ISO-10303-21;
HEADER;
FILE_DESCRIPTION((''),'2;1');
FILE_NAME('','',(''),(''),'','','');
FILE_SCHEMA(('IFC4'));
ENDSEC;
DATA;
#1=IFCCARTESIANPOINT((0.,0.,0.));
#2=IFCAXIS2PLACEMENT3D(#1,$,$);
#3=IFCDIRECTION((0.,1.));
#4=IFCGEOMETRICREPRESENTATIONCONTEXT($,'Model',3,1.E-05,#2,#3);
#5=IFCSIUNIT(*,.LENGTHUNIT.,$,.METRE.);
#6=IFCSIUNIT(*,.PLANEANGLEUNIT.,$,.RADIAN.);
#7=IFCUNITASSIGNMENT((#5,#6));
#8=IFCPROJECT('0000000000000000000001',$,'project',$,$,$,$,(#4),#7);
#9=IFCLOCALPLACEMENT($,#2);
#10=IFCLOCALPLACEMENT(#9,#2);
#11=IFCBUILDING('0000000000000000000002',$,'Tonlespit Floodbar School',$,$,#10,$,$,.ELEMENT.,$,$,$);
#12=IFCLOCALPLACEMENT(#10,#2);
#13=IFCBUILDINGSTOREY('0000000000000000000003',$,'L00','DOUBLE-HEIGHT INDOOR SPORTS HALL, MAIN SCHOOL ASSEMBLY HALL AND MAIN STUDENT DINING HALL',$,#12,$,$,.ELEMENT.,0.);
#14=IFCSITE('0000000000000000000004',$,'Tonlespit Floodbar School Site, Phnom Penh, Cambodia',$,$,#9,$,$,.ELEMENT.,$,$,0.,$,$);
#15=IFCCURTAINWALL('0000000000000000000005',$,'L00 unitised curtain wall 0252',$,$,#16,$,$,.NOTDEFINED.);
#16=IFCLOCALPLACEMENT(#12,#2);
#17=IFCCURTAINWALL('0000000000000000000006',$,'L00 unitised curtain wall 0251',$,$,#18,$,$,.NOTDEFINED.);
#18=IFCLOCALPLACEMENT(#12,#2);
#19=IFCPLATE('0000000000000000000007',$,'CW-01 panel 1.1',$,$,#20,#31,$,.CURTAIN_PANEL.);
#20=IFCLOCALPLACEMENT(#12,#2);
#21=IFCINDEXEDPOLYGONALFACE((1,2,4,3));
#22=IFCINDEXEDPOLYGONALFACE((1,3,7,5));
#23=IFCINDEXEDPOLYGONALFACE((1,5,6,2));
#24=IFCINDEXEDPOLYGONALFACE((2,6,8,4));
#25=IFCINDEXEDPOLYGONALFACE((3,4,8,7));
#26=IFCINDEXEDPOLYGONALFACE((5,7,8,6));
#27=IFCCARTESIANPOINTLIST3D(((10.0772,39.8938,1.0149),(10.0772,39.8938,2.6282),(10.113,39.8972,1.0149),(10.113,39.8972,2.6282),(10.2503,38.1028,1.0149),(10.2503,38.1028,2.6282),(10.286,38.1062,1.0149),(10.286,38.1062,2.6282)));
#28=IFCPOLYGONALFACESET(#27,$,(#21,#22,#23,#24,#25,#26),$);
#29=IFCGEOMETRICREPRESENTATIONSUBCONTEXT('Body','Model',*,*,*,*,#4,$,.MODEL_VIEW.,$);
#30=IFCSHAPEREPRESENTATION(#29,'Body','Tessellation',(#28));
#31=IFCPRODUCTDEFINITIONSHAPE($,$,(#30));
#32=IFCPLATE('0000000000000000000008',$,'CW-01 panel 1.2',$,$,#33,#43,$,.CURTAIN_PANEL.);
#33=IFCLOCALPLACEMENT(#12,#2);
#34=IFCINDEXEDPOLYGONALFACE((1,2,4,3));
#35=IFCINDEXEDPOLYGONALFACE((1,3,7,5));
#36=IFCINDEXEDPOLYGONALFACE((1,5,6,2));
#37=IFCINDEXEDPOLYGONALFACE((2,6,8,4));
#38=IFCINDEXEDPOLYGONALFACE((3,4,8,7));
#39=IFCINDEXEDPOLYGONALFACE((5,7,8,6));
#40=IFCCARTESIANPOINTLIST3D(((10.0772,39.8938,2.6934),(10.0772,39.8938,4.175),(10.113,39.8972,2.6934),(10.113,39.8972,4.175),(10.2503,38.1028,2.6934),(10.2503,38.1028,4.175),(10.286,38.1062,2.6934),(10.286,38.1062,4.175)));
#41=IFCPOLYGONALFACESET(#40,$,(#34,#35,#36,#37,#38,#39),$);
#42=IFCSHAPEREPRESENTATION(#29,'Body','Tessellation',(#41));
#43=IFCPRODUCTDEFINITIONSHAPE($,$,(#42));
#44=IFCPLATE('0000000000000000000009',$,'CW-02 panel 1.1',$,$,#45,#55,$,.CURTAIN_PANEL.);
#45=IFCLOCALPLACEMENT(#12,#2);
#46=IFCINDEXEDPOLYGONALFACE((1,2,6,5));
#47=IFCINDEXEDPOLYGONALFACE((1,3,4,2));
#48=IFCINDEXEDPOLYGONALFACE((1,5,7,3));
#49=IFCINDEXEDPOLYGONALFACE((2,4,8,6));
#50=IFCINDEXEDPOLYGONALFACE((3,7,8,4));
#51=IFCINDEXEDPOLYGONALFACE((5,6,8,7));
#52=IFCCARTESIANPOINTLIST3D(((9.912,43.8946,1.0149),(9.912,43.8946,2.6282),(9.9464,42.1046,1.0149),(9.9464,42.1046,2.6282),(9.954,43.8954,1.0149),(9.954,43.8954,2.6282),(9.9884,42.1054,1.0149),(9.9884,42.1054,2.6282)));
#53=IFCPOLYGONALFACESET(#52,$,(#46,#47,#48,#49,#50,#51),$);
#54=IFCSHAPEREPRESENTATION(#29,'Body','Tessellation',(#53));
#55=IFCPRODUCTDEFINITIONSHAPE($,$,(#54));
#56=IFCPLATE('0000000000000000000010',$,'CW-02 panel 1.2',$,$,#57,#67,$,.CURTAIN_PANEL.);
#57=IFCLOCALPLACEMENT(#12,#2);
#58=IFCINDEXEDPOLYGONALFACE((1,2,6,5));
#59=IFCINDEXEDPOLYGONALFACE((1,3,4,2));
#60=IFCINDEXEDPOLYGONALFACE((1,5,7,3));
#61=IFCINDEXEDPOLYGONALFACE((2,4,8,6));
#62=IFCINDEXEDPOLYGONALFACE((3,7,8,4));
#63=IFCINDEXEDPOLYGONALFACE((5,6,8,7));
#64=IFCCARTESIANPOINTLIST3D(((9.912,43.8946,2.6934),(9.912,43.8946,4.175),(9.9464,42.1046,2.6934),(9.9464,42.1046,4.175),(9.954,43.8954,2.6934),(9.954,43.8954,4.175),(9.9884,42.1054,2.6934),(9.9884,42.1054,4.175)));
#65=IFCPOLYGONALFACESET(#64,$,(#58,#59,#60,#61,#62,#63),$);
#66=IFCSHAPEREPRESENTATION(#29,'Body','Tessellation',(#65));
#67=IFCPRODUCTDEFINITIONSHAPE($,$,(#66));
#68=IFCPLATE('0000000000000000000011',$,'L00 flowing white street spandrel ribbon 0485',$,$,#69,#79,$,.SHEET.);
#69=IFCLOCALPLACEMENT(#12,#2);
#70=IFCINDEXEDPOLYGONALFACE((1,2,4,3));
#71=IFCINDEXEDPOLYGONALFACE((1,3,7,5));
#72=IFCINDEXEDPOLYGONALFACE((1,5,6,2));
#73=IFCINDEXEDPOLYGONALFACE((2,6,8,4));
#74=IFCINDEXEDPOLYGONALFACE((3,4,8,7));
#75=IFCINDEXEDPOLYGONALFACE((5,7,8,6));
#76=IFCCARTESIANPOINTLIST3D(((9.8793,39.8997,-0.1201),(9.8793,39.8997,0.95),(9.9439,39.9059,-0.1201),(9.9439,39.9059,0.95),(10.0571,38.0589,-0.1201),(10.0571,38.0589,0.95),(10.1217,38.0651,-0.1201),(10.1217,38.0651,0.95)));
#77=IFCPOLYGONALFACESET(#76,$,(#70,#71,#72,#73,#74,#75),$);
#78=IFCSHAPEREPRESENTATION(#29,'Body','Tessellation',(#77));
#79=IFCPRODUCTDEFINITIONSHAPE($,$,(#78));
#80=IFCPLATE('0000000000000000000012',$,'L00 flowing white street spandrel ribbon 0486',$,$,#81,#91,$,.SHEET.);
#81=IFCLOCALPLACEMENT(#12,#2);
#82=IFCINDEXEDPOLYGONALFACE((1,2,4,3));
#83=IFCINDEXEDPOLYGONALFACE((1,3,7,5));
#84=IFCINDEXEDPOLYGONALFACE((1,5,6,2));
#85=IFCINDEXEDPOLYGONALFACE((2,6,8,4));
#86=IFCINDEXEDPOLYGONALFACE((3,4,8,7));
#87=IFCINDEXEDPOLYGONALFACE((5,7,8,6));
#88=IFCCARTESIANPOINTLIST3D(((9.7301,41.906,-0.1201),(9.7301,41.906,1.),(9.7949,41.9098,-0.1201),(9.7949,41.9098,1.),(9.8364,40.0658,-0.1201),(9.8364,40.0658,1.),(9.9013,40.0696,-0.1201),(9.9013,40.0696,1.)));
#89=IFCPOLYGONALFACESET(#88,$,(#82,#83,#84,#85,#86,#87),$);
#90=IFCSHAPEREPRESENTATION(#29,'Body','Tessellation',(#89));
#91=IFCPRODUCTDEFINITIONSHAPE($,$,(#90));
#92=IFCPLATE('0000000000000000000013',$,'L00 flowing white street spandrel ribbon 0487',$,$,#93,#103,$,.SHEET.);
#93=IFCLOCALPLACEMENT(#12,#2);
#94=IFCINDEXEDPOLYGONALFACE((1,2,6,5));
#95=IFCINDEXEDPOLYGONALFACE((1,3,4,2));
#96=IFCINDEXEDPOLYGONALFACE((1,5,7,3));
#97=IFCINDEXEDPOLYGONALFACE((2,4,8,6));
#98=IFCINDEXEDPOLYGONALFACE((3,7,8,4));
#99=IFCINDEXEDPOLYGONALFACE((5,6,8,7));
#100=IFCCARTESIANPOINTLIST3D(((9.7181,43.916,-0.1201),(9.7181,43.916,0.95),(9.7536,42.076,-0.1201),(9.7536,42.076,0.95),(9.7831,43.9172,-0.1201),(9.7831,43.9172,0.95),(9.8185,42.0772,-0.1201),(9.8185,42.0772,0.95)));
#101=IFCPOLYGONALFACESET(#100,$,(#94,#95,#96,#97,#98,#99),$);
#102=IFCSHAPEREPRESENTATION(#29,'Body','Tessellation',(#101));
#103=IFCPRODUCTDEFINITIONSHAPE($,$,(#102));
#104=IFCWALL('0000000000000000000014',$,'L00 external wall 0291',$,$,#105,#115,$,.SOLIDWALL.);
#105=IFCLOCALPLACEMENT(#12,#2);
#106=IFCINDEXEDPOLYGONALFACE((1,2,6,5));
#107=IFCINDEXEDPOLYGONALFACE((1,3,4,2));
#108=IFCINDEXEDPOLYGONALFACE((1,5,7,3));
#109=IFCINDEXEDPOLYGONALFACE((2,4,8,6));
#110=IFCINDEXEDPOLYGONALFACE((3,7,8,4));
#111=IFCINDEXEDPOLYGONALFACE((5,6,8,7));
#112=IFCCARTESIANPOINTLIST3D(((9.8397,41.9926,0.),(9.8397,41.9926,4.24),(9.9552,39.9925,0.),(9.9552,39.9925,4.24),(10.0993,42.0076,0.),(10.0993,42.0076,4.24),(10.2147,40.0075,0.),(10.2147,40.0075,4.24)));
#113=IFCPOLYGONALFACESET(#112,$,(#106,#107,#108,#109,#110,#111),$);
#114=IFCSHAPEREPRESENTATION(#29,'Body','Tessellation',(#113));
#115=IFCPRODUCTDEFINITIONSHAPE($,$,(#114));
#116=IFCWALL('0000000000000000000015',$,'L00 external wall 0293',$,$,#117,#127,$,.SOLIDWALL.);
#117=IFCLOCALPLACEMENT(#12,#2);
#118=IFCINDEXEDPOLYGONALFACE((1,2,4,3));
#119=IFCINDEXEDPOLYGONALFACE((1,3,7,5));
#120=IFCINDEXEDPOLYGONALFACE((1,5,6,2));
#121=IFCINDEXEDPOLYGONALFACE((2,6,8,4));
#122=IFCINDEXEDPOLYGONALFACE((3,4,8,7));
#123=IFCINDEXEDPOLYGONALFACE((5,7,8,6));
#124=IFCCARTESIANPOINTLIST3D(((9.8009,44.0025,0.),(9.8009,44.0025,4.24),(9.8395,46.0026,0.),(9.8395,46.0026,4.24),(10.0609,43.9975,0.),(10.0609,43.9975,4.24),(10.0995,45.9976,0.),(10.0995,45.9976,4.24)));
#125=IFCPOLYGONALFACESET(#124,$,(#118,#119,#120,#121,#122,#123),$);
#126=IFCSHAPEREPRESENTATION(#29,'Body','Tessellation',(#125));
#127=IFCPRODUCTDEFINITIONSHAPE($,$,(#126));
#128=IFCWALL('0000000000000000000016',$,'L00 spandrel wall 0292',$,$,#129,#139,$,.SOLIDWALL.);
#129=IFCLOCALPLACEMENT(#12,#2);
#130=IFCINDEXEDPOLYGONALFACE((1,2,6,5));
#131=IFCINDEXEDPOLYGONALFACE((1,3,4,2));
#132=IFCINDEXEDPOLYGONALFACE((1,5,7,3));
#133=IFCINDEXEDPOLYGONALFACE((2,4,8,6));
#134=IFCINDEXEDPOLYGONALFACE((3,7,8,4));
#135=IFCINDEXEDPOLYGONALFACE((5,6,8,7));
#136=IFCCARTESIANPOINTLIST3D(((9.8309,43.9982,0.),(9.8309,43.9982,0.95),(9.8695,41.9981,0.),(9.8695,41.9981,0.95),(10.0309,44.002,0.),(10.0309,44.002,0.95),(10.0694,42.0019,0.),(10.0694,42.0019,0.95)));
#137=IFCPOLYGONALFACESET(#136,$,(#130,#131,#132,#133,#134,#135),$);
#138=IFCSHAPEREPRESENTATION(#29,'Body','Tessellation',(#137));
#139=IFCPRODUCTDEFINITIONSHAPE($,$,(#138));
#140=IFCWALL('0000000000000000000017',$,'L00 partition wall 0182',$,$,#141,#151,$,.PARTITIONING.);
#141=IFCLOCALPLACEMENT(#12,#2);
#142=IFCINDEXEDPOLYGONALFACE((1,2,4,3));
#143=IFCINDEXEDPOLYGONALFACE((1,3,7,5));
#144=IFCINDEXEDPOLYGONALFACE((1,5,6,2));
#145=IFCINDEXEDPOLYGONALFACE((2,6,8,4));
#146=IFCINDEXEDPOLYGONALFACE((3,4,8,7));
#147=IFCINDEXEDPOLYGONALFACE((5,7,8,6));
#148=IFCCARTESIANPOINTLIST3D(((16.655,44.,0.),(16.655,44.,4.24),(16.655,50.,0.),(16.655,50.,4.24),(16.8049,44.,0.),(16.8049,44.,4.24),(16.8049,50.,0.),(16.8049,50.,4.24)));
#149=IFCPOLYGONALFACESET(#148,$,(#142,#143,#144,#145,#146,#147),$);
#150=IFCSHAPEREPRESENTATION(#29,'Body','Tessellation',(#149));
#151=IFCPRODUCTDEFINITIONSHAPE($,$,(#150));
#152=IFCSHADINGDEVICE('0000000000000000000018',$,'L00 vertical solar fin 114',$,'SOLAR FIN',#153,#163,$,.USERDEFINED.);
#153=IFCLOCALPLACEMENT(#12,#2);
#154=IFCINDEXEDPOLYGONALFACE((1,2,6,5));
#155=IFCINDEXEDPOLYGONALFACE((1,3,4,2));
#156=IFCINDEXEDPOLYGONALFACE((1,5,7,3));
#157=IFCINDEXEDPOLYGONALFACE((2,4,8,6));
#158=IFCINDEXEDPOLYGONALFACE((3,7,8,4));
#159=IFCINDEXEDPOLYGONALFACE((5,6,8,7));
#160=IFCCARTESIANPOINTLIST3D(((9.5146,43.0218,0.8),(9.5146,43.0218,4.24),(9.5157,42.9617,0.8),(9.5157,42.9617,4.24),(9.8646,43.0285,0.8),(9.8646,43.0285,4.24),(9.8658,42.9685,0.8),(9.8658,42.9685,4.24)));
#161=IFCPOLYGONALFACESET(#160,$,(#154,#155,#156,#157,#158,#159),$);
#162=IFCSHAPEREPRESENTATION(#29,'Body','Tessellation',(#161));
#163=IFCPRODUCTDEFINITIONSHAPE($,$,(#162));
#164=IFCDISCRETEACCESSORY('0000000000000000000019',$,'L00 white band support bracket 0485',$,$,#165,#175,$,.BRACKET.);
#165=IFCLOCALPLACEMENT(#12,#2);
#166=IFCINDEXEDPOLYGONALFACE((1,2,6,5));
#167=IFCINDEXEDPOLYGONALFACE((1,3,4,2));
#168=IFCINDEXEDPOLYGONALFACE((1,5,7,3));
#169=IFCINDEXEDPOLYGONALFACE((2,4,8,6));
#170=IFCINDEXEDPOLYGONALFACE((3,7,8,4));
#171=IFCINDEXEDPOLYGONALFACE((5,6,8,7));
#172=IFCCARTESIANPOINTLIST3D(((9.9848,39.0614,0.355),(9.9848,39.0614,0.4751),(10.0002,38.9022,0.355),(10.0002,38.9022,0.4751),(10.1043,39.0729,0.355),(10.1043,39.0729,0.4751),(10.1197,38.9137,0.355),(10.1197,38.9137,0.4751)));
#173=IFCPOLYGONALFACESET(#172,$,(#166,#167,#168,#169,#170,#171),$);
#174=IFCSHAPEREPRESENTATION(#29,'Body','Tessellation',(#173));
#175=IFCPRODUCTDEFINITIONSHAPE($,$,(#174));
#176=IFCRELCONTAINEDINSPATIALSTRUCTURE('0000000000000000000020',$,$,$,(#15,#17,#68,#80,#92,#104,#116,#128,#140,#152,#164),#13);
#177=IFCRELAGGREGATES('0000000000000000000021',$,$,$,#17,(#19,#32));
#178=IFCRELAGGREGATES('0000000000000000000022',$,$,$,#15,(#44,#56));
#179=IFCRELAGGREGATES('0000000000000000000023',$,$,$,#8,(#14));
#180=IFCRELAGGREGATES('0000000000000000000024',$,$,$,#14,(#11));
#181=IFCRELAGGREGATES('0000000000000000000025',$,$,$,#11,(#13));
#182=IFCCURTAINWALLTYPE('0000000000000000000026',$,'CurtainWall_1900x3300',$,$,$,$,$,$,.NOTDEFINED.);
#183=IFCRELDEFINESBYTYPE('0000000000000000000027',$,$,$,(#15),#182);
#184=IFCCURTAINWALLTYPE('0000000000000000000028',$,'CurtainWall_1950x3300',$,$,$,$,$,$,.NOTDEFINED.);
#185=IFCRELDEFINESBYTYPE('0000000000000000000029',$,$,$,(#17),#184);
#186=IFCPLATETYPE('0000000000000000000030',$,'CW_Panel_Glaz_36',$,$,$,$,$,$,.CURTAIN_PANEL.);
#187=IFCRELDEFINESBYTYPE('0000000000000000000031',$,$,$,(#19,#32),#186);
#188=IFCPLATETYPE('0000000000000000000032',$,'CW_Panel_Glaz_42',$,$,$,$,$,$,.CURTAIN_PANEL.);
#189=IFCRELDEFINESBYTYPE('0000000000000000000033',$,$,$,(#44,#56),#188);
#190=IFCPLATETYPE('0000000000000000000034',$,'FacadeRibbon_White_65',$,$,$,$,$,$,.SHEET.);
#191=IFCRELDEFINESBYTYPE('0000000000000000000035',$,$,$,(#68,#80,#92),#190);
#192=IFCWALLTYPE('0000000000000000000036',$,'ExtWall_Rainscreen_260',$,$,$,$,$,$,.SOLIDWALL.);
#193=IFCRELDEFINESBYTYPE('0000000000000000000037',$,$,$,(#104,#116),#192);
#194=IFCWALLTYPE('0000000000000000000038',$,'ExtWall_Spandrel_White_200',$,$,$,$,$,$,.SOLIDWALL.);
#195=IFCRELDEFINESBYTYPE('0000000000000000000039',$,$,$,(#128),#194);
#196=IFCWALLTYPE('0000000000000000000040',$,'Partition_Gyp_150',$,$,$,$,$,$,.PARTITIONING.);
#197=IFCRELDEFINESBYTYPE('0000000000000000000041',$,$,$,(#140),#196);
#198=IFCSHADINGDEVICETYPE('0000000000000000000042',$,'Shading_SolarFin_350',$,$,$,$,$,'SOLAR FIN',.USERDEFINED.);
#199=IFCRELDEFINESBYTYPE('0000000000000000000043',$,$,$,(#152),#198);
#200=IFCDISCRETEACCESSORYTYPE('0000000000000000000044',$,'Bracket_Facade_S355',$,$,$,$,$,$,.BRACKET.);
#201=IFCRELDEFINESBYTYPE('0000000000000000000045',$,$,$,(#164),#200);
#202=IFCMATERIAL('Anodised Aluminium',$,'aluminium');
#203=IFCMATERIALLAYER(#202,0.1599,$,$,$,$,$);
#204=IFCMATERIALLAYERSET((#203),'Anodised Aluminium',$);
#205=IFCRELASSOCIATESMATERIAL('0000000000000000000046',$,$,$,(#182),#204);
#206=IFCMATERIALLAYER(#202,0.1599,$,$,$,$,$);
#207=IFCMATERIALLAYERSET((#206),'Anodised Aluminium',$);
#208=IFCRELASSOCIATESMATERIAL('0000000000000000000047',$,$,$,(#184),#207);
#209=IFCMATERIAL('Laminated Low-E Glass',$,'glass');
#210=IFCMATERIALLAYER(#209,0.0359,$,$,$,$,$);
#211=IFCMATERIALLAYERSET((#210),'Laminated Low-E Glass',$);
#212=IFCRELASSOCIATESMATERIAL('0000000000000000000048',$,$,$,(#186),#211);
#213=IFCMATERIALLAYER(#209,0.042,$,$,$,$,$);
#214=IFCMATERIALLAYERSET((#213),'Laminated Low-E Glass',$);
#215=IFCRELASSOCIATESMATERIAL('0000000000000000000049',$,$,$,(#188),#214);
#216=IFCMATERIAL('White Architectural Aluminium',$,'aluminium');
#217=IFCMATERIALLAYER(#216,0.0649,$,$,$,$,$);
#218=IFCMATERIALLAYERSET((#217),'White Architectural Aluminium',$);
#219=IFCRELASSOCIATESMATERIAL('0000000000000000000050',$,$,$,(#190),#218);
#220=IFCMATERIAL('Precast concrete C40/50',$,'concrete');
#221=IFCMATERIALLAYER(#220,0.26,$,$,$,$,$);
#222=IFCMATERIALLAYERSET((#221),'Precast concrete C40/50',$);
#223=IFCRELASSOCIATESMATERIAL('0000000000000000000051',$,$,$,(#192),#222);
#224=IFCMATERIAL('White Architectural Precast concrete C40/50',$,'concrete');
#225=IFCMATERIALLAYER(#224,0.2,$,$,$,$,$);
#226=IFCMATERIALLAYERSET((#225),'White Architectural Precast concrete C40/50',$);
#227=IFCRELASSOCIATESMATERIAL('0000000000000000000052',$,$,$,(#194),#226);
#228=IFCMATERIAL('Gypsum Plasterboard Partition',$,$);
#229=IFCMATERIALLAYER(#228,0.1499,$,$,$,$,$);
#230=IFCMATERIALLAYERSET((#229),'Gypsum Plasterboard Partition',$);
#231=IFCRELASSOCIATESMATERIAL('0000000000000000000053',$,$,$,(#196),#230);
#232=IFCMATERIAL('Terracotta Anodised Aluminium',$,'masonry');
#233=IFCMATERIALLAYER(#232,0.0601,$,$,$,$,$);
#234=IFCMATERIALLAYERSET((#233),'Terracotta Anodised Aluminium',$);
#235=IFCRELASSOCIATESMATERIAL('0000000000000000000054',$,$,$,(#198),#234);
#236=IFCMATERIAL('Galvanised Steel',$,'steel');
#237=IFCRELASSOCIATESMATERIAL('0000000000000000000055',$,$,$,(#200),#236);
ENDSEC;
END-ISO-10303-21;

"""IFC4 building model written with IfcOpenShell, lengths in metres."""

from ifc_helpers import new_model, si_unit, direction, frame, frame_2d, origin, origin_2d, place, context, subcontext, project, spatial, rectangle, extrude, material, layer, layer_set, type_object, element, aggregate, save


model = new_model("IFC4")

# Units and contexts
model_context = context("Model", 3, precision=1e-05, world=origin(), true_north=direction((0.0, 1.0)))
body_context = subcontext(model_context, "Body", "Model", "MODEL_VIEW")
ifc_project = project(units=[si_unit("LENGTHUNIT", "METRE"), si_unit("PLANEANGLEUNIT", "RADIAN")], contexts=[model_context])

# Site, building, storey
site_placement = place(None, origin())
site = spatial("IfcSite", under=ifc_project, at=site_placement, Name="Tonlespit Floodbar School Site, Phnom Penh, Cambodia", CompositionType="ELEMENT", RefElevation=0.0)
building_placement = place(site_placement, origin())
building = spatial("IfcBuilding", under=site, at=building_placement, Name="Tonlespit Floodbar School", CompositionType="ELEMENT")
storey_placement = place(building_placement, origin())
storey = spatial("IfcBuildingStorey", under=building, at=storey_placement, Name="L00", Description="DOUBLE-HEIGHT INDOOR SPORTS HALL, MAIN SCHOOL ASSEMBLY HALL AND MAIN STUDENT DINING HALL", CompositionType="ELEMENT", Elevation=0.0)

# Curtain wall
ifc_material_1 = material(Name="Anodised Aluminium", Category="aluminium")
ifc_layer_1 = layer(ifc_material_1, 0.1599)
ifc_layer_set_1 = layer_set([ifc_layer_1], Name="Anodised Aluminium")
curtain_wall_type_1 = type_object("IfcCurtainWallType", Name="CurtainWall_1900x3300", PredefinedType="NOTDEFINED", material=ifc_layer_set_1)
curtain_wall_1_placement = place(storey_placement, origin())
curtain_wall_1 = element("IfcCurtainWall", 1, at=curtain_wall_1_placement, inside=storey, type_object=curtain_wall_type_1, Name="L00 unitised curtain wall 0252", PredefinedType="NOTDEFINED")

# Curtain wall
ifc_layer_2 = layer(ifc_material_1, 0.1599)
ifc_layer_set_2 = layer_set([ifc_layer_2], Name="Anodised Aluminium")
curtain_wall_type_2 = type_object("IfcCurtainWallType", Name="CurtainWall_1950x3300", PredefinedType="NOTDEFINED", material=ifc_layer_set_2)
curtain_wall_2_placement = place(storey_placement, origin())
curtain_wall_2 = element("IfcCurtainWall", 2, at=curtain_wall_2_placement, inside=storey, type_object=curtain_wall_type_2, Name="L00 unitised curtain wall 0251", PredefinedType="NOTDEFINED")

# Plates
ifc_material_2 = material(Name="Laminated Low-E Glass", Category="glass")
ifc_layer_3 = layer(ifc_material_2, 0.0359)
ifc_layer_set_3 = layer_set([ifc_layer_3], Name="Laminated Low-E Glass")
plate_type_1 = type_object("IfcPlateType", Name="CW_Panel_Glaz_36", PredefinedType="CURTAIN_PANEL", material=ifc_layer_set_3)
plate_1_placement = place(storey_placement, frame((10.1816, 39.0, 1.0149), z_axis=(0.0, 0.0, 1.0), x_axis=(-0.096198, 0.995362, 0.0)))
plate_1 = element("IfcPlate", 3, at=plate_1_placement, type_object=plate_type_1, Name="CW-01 panel 1.1", PredefinedType="CURTAIN_PANEL", context=body_context, shape_type="SweptSolid", body=[
    extrude(rectangle(XDim=1.7993, YDim=0.0359, at=origin_2d()), origin(), (0.0, 0.0, 1.0), 1.6133),
])
plate_2_placement = place(storey_placement, frame((10.1816, 39.0, 2.6934), z_axis=(0.0, 0.0, 1.0), x_axis=(-0.096198, 0.995362, 0.0)))
plate_2 = element("IfcPlate", 4, at=plate_2_placement, type_object=plate_type_1, Name="CW-01 panel 1.2", PredefinedType="CURTAIN_PANEL", context=body_context, shape_type="SweptSolid", body=[
    extrude(rectangle(XDim=1.7993, YDim=0.0359, at=origin_2d()), origin(), (0.0, 0.0, 1.0), 1.4817),
])
aggregate(curtain_wall_2, [plate_1, plate_2])
ifc_layer_4 = layer(ifc_material_2, 0.042)
ifc_layer_set_4 = layer_set([ifc_layer_4], Name="Laminated Low-E Glass")
plate_type_2 = type_object("IfcPlateType", Name="CW_Panel_Glaz_42", PredefinedType="CURTAIN_PANEL", material=ifc_layer_set_4)
plate_3_placement = place(storey_placement, frame((9.9502, 43.0, 1.0149), z_axis=(0.0, 0.0, 1.0), x_axis=(-0.019215, 0.999815, 0.0)))
plate_3 = element("IfcPlate", 5, at=plate_3_placement, type_object=plate_type_2, Name="CW-02 panel 1.1", PredefinedType="CURTAIN_PANEL", context=body_context, shape_type="SweptSolid", body=[
    extrude(rectangle(XDim=1.7903, YDim=0.042, at=origin_2d()), origin(), (0.0, 0.0, 1.0), 1.6133),
])
plate_4_placement = place(storey_placement, frame((9.9502, 43.0, 2.6934), z_axis=(0.0, 0.0, 1.0), x_axis=(-0.019215, 0.999815, 0.0)))
plate_4 = element("IfcPlate", 6, at=plate_4_placement, type_object=plate_type_2, Name="CW-02 panel 1.2", PredefinedType="CURTAIN_PANEL", context=body_context, shape_type="SweptSolid", body=[
    extrude(rectangle(XDim=1.7903, YDim=0.042, at=origin_2d()), origin(), (0.0, 0.0, 1.0), 1.4817),
])
aggregate(curtain_wall_1, [plate_3, plate_4])

# Plates
ifc_material_3 = material(Name="White Architectural Aluminium", Category="aluminium")
ifc_layer_5 = layer(ifc_material_3, 0.0649)
ifc_layer_set_5 = layer_set([ifc_layer_5], Name="White Architectural Aluminium")
plate_type_3 = type_object("IfcPlateType", Name="FacadeRibbon_White_65", PredefinedType="SHEET", material=ifc_layer_set_5)
plate_5_placement = place(storey_placement, frame((10.0005, 38.9824, -0.1201), z_axis=(0.0, 0.0, 1.0), x_axis=(-0.096153, 0.995367, 0.0)))
element("IfcPlate", 7, at=plate_5_placement, inside=storey, type_object=plate_type_3, Name="L00 flowing white street spandrel ribbon 0485", PredefinedType="SHEET", context=body_context, shape_type="SweptSolid", body=[
    extrude(rectangle(XDim=1.8494, YDim=0.0649, at=origin_2d()), origin(), (0.0, 0.0, 1.0), 1.0701),
])
plate_6_placement = place(storey_placement, frame((9.8157, 40.9878, -0.1201), z_axis=(0.0, 0.0, 1.0), x_axis=(-0.057703, 0.998334, 0.0)))
element("IfcPlate", 8, at=plate_6_placement, inside=storey, type_object=plate_type_3, Name="L00 flowing white street spandrel ribbon 0486", PredefinedType="SHEET", context=body_context, shape_type="SweptSolid", body=[
    extrude(rectangle(XDim=1.8433, YDim=0.0649, at=origin_2d()), origin(), (0.0, 0.0, 1.0), 1.1201),
])
plate_7_placement = place(storey_placement, frame((9.7683, 42.9966, -0.1201), z_axis=(0.0, 0.0, 1.0), x_axis=(-0.019246, 0.999815, 0.0)))
element("IfcPlate", 9, at=plate_7_placement, inside=storey, type_object=plate_type_3, Name="L00 flowing white street spandrel ribbon 0487", PredefinedType="SHEET", context=body_context, shape_type="SweptSolid", body=[
    extrude(rectangle(XDim=1.8403, YDim=0.0649, at=origin_2d()), origin(), (0.0, 0.0, 1.0), 1.0701),
])

# Walls
ifc_material_4 = material(Name="Precast concrete C40/50", Category="concrete")
ifc_layer_6 = layer(ifc_material_4, 0.26)
ifc_layer_set_6 = layer_set([ifc_layer_6], Name="Precast concrete C40/50")
wall_type_1 = type_object("IfcWallType", Name="ExtWall_Rainscreen_260", PredefinedType="SOLIDWALL", material=ifc_layer_set_6)
wall_1_placement = place(storey_placement, frame((10.085, 40.0, 0.0), z_axis=(0.0, 0.0, 1.0), x_axis=(-0.057643, 0.998337, 0.0)))
element("IfcWall", 10, at=wall_1_placement, inside=storey, type_object=wall_type_1, Name="L00 external wall 0291", PredefinedType="SOLIDWALL", context=body_context, shape_type="SweptSolid", body=[
    extrude(rectangle(XDim=2.0034, YDim=0.26, at=frame_2d((1.0017, 0.0))), origin(), (0.0, 0.0, 1.0), 4.24),
])
wall_2_placement = place(storey_placement, frame((9.9309, 44.0, 0.0), z_axis=(0.0, 0.0, 1.0), x_axis=(0.019284, 0.999814, 0.0)))
element("IfcWall", 11, at=wall_2_placement, inside=storey, type_object=wall_type_1, Name="L00 external wall 0293", PredefinedType="SOLIDWALL", context=body_context, shape_type="SweptSolid", body=[
    extrude(rectangle(XDim=2.0005, YDim=0.26, at=frame_2d((1.0002, 0.0))), origin(), (0.0, 0.0, 1.0), 4.24),
])
ifc_material_5 = material(Name="White Architectural Precast concrete C40/50", Category="concrete")
ifc_layer_7 = layer(ifc_material_5, 0.2)
ifc_layer_set_7 = layer_set([ifc_layer_7], Name="White Architectural Precast concrete C40/50")
wall_type_2 = type_object("IfcWallType", Name="ExtWall_Spandrel_White_200", PredefinedType="SOLIDWALL", material=ifc_layer_set_7)
wall_3_placement = place(storey_placement, frame((9.9695, 42.0, 0.0), z_axis=(0.0, 0.0, 1.0), x_axis=(-0.019284, 0.999814, 0.0)))
element("IfcWall", 12, at=wall_3_placement, inside=storey, type_object=wall_type_2, Name="L00 spandrel wall 0292", PredefinedType="SOLIDWALL", context=body_context, shape_type="SweptSolid", body=[
    extrude(rectangle(XDim=2.0005, YDim=0.2, at=frame_2d((1.0002, 0.0))), origin(), (0.0, 0.0, 1.0), 0.95),
])
ifc_material_6 = material(Name="Gypsum Plasterboard Partition")
ifc_layer_8 = layer(ifc_material_6, 0.1499)
ifc_layer_set_8 = layer_set([ifc_layer_8], Name="Gypsum Plasterboard Partition")
wall_type_3 = type_object("IfcWallType", Name="Partition_Gyp_150", PredefinedType="PARTITIONING", material=ifc_layer_set_8)
wall_4_placement = place(storey_placement, frame((16.73, 44.0, 0.0), z_axis=(0.0, 0.0, 1.0), x_axis=(0.0, 1.0, 0.0)))
element("IfcWall", 13, at=wall_4_placement, inside=storey, type_object=wall_type_3, Name="L00 partition wall 0182", PredefinedType="PARTITIONING", context=body_context, shape_type="SweptSolid", body=[
    extrude(rectangle(XDim=6.0, YDim=0.1499, at=frame_2d((3.0, 0.0))), origin(), (0.0, 0.0, 1.0), 4.24),
])

# Shading device
ifc_material_7 = material(Name="Terracotta Anodised Aluminium", Category="masonry")
ifc_layer_9 = layer(ifc_material_7, 0.0601)
ifc_layer_set_9 = layer_set([ifc_layer_9], Name="Terracotta Anodised Aluminium")
shading_device_type = type_object("IfcShadingDeviceType", Name="Shading_SolarFin_350", ElementType="SOLAR FIN", PredefinedType="USERDEFINED", material=ifc_layer_set_9)
shading_device_placement = place(storey_placement, frame((9.6902, 42.9951, 0.8), z_axis=(0.0, 0.0, 1.0), x_axis=(-0.019246, 0.999815, 0.0)))
element("IfcShadingDevice", 14, at=shading_device_placement, inside=storey, type_object=shading_device_type, Name="L00 vertical solar fin 114", ObjectType="SOLAR FIN", PredefinedType="USERDEFINED", context=body_context, shape_type="SweptSolid", body=[
    extrude(rectangle(XDim=0.0601, YDim=0.3501, at=origin_2d()), origin(), (0.0, 0.0, 1.0), 3.4399),
])

# Discrete accessory
ifc_material_8 = material(Name="Galvanised Steel", Category="steel")
discrete_accessory_type = type_object("IfcDiscreteAccessoryType", Name="Bracket_Facade_S355", PredefinedType="BRACKET", material=ifc_material_8)
discrete_accessory_1_placement = place(storey_placement, frame((10.0522, 38.9875, 0.355), z_axis=(0.0, 0.0, 1.0), x_axis=(-0.096153, 0.995367, 0.0)))
element("IfcDiscreteAccessory", 15, at=discrete_accessory_1_placement, inside=storey, type_object=discrete_accessory_type, Name="L00 white band support bracket 0485", PredefinedType="BRACKET", context=body_context, shape_type="SweptSolid", body=[
    extrude(rectangle(XDim=0.1599, YDim=0.1201, at=origin_2d()), origin(), (0.0, 0.0, 1.0), 0.1201),
])

save(model, "model.ifc")
